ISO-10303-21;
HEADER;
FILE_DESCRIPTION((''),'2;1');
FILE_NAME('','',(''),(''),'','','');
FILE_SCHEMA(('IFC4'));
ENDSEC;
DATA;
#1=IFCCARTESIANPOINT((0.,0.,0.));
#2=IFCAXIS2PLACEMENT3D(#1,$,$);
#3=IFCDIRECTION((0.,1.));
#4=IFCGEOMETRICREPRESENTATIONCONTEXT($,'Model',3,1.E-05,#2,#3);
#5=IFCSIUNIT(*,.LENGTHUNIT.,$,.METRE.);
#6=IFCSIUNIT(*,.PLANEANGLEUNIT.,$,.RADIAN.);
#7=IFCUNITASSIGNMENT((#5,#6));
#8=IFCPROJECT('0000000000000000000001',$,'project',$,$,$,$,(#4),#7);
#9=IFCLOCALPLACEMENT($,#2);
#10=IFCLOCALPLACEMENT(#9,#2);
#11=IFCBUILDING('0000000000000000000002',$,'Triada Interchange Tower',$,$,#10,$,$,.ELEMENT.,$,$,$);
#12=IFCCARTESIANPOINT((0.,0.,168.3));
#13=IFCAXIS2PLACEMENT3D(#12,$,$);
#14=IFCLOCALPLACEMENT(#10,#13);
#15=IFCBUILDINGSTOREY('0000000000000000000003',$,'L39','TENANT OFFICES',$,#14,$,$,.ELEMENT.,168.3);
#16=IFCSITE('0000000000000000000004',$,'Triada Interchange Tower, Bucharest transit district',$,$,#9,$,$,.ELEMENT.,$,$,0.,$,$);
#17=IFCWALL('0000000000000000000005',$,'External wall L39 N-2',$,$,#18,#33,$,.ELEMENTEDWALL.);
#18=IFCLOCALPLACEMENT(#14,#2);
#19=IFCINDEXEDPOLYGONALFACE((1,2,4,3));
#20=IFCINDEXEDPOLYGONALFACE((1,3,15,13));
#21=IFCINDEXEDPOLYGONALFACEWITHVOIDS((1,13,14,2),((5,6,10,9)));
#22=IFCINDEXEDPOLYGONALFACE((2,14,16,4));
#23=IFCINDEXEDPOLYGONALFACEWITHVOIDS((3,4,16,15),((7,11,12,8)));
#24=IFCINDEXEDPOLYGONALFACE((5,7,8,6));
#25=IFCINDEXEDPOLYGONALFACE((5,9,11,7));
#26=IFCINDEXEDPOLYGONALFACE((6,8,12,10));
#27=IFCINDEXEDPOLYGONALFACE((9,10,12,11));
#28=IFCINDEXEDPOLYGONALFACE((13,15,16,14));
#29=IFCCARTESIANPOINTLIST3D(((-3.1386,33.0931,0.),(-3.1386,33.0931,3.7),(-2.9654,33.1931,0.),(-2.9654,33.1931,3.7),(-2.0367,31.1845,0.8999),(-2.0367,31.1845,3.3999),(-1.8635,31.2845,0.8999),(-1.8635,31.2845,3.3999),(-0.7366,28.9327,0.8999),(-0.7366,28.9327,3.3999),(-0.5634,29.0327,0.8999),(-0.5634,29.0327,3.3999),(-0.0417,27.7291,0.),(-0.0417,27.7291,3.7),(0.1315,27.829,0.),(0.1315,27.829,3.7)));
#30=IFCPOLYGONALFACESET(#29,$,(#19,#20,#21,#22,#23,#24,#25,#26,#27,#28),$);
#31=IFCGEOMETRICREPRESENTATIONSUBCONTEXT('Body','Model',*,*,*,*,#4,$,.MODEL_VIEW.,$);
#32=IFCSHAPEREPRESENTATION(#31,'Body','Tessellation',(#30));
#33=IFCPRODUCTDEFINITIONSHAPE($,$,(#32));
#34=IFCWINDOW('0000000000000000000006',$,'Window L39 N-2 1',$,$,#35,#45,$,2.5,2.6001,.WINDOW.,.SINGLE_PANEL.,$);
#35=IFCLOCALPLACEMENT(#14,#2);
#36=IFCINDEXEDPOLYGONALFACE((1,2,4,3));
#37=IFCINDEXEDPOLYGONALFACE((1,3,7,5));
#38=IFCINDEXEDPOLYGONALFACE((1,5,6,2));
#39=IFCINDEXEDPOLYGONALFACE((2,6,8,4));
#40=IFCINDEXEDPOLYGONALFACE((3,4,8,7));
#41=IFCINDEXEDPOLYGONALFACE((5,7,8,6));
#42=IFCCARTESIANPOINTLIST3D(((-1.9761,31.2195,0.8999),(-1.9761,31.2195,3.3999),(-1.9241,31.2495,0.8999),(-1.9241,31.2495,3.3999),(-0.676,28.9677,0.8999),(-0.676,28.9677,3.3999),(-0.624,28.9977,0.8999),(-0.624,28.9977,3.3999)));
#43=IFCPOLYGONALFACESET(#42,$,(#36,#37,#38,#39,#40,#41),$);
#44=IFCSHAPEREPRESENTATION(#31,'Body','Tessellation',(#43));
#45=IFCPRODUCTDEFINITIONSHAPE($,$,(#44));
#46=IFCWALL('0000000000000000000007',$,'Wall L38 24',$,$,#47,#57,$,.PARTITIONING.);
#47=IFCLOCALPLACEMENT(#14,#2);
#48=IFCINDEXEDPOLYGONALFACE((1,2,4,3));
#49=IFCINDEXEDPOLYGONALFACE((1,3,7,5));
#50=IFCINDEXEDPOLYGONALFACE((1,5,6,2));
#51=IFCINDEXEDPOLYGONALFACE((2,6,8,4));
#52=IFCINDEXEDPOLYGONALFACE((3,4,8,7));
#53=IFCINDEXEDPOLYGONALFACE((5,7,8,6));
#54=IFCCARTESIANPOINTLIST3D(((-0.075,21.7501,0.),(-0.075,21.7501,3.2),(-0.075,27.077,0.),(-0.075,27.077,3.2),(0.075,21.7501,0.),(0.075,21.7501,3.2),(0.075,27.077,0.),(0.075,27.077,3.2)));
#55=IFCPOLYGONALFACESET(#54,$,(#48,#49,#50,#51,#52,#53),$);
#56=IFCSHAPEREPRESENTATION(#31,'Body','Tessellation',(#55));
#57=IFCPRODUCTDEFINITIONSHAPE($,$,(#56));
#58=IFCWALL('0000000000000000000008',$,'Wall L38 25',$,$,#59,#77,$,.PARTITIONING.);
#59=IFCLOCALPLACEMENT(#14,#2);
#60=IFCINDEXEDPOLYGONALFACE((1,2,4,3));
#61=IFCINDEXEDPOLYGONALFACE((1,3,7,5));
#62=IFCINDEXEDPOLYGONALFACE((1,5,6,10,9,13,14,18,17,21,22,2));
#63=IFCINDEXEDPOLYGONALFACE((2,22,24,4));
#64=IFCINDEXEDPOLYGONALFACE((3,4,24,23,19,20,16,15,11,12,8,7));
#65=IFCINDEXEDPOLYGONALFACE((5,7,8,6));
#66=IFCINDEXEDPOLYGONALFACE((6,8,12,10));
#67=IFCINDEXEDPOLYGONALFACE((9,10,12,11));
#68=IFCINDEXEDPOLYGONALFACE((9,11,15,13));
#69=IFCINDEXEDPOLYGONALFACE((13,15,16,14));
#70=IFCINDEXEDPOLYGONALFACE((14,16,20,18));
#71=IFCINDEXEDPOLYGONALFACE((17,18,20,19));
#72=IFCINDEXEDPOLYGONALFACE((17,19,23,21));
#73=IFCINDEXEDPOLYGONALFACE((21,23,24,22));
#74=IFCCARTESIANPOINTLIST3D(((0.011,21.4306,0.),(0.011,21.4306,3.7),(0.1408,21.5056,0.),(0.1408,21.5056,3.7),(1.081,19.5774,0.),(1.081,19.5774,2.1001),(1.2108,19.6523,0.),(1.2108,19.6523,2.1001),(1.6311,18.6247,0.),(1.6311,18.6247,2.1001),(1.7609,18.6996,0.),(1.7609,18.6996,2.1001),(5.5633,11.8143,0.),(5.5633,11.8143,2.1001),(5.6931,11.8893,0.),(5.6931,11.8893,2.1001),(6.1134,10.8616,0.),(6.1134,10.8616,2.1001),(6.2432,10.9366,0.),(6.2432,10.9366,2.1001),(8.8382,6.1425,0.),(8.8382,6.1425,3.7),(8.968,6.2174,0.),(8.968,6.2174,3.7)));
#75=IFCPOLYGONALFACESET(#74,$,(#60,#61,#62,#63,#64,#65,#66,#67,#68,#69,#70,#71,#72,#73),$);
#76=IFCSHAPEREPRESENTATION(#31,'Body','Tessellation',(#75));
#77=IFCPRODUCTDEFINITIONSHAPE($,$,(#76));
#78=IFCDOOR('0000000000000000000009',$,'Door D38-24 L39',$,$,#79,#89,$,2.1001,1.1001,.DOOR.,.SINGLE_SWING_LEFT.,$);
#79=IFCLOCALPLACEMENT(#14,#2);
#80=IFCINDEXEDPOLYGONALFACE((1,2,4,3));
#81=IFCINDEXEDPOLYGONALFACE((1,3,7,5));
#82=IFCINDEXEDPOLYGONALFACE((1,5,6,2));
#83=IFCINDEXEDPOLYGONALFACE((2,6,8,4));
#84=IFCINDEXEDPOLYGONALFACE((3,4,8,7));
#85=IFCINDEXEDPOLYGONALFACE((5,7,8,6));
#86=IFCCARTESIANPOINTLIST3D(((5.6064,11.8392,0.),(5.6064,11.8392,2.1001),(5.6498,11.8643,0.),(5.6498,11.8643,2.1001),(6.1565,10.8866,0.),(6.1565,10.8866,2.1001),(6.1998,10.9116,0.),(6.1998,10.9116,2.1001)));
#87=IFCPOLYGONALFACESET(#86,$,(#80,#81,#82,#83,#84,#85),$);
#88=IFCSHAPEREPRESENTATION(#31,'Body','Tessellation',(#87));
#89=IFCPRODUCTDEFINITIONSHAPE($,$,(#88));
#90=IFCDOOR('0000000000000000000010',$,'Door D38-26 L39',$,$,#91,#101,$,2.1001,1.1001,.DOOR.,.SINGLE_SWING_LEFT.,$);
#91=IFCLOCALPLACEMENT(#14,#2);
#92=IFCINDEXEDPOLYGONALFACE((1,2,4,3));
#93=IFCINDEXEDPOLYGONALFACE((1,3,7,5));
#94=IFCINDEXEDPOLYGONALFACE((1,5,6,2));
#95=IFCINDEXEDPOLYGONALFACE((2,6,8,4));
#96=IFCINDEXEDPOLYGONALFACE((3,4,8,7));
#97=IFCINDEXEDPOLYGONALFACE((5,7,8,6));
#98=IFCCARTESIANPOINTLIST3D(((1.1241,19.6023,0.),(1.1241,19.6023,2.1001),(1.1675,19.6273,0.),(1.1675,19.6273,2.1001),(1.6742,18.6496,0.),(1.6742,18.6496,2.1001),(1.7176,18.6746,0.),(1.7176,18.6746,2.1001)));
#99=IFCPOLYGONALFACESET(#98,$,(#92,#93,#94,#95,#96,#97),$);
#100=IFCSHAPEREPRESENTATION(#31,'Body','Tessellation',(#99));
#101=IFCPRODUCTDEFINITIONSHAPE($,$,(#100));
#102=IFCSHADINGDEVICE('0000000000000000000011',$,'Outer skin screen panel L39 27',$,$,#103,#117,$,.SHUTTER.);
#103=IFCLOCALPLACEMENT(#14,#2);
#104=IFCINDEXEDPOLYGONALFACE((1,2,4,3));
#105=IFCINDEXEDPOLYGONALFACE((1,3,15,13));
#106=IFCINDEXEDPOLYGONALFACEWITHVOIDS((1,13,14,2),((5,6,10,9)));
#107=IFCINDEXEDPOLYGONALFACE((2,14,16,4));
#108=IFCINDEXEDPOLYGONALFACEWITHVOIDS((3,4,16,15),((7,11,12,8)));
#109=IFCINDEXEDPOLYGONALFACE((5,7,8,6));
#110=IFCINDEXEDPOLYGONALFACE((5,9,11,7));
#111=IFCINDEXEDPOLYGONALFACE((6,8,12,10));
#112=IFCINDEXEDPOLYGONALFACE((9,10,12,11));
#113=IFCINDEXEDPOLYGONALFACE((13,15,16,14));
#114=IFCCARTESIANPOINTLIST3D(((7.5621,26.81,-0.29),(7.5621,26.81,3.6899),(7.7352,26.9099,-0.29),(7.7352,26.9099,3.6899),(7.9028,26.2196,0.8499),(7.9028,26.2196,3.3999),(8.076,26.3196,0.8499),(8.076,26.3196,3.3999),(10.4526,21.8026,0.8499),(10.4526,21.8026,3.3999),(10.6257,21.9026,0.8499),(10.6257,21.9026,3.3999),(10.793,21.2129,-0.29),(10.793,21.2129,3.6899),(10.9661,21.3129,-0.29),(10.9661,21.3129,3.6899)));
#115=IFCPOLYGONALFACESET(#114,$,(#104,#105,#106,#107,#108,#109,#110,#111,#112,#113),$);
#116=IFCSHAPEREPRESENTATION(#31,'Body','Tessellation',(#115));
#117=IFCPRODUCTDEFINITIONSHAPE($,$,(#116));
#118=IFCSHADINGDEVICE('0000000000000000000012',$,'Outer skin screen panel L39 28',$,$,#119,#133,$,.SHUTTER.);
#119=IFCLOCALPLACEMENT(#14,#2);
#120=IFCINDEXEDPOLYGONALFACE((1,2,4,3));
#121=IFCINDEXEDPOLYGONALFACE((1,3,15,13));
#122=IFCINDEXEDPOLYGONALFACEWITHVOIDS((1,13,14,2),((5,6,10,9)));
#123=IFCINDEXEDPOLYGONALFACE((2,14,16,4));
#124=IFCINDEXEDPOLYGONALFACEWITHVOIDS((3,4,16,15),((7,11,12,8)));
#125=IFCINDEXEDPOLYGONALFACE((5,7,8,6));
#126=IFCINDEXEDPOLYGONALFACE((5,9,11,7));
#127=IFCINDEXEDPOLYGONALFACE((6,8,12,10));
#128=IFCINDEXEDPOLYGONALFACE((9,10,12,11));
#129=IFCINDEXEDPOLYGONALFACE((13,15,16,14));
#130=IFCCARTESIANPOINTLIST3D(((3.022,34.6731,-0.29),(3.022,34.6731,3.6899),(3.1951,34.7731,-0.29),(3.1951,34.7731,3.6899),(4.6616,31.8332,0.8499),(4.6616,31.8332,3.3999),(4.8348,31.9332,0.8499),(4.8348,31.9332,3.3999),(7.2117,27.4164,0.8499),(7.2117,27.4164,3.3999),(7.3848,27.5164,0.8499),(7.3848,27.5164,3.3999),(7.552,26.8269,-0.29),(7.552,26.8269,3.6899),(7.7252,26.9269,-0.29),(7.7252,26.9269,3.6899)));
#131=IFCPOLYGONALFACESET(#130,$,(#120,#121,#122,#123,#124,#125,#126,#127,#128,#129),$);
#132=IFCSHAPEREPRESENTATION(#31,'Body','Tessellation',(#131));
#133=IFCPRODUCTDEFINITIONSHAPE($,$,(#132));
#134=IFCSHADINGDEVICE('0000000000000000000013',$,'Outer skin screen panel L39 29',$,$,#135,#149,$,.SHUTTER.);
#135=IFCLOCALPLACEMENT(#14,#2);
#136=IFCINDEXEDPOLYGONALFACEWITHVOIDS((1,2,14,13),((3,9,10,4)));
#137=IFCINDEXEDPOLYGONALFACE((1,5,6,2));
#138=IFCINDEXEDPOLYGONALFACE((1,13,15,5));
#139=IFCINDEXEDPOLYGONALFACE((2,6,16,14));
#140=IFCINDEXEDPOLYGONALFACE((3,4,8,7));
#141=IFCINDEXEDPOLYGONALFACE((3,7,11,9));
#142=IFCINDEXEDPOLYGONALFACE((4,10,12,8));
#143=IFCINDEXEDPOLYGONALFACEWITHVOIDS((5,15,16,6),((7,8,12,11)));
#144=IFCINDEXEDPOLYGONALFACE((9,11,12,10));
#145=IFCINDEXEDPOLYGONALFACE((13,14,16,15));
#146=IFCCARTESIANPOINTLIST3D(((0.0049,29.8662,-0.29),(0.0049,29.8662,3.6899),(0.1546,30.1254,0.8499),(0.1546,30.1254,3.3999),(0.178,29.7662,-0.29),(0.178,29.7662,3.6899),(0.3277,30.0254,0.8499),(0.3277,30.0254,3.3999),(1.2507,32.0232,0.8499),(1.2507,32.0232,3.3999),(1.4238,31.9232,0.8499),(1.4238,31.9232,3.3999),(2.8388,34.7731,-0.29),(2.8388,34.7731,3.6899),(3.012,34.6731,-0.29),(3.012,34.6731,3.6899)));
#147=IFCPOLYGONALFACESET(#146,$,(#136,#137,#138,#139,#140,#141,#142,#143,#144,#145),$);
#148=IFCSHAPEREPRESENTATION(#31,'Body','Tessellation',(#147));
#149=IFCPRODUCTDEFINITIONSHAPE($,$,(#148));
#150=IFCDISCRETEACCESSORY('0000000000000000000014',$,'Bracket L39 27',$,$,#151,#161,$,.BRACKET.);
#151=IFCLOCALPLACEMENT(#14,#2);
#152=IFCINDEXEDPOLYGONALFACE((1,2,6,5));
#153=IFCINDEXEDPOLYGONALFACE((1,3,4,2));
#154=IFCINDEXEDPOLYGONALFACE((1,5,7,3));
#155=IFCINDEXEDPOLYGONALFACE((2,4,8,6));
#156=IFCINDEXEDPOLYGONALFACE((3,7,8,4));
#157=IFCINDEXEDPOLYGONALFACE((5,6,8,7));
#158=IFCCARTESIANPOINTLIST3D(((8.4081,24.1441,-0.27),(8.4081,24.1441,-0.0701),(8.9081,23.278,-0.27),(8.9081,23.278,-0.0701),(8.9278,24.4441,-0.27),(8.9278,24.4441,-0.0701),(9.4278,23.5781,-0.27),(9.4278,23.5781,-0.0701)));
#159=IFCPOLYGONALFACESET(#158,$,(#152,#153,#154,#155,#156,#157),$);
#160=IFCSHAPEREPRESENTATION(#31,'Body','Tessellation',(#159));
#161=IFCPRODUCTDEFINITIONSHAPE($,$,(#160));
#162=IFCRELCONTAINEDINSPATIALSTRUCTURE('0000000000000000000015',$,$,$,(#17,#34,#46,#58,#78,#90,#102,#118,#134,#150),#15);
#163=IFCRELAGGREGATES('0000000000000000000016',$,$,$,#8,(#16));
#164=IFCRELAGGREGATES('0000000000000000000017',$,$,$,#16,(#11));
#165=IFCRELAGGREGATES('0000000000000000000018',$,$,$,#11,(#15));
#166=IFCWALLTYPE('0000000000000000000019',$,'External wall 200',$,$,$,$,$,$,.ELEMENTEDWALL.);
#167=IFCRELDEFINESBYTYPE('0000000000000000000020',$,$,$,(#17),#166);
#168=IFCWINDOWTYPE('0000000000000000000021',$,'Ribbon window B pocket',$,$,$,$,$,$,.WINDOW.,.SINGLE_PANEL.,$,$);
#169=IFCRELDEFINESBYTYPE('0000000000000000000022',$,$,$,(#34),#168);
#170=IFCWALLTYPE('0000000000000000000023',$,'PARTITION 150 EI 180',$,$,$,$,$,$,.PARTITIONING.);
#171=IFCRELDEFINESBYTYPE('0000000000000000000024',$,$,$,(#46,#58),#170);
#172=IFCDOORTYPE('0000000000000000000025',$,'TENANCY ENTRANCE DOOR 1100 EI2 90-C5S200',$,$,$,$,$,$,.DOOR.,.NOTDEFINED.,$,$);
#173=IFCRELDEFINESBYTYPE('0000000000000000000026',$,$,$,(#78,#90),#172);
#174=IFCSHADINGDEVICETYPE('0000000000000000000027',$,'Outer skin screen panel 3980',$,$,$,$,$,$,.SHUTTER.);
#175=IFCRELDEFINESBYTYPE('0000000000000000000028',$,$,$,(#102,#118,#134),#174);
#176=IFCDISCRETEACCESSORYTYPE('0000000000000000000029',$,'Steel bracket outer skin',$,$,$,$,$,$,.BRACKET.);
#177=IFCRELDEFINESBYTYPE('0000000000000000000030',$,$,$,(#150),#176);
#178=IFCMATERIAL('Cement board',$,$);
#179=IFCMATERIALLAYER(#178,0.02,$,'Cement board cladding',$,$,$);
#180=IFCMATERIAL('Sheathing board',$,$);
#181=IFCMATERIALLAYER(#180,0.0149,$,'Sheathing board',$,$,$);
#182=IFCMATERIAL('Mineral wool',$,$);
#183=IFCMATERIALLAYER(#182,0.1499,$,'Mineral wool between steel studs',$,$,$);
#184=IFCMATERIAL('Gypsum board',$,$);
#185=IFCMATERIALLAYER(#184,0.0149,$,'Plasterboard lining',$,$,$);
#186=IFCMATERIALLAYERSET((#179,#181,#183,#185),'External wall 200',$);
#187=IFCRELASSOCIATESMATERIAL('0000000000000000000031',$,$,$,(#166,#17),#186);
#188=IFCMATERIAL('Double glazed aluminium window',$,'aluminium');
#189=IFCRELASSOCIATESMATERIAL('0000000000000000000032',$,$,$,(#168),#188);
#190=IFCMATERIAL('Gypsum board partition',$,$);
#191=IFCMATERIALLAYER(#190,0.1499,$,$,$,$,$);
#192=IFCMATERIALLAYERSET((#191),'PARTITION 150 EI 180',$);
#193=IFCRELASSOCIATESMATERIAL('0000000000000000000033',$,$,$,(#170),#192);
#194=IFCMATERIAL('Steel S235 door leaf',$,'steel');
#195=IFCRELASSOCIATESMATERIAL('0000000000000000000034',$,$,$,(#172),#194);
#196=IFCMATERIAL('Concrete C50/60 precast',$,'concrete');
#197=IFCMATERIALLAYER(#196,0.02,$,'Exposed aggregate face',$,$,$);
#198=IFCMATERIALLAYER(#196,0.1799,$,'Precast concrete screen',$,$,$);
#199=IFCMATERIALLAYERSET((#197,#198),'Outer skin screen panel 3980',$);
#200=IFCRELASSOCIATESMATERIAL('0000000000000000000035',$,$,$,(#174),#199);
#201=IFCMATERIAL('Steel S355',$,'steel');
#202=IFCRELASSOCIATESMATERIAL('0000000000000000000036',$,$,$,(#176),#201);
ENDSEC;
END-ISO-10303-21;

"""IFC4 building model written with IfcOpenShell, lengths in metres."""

from ifc_helpers import new_model, si_unit, direction, frame, frame_2d, origin, origin_2d, place, context, subcontext, project, spatial, polyline, rectangle, outline, extrude, material, layer, layer_set, layer_usage, type_object, element, fill, save


model = new_model("IFC4")

# Units and contexts
model_context = context("Model", 3, precision=1e-05, world=origin(), true_north=direction((0.0, 1.0)))
body_context = subcontext(model_context, "Body", "Model", "MODEL_VIEW")
ifc_project = project(units=[si_unit("LENGTHUNIT", "METRE"), si_unit("PLANEANGLEUNIT", "RADIAN")], contexts=[model_context])

# Site, building, storey
site_placement = place(None, origin())
site = spatial("IfcSite", under=ifc_project, at=site_placement, Name="Triada Interchange Tower, Bucharest transit district", CompositionType="ELEMENT", RefElevation=0.0)
building_placement = place(site_placement, origin())
building = spatial("IfcBuilding", under=site, at=building_placement, Name="Triada Interchange Tower", CompositionType="ELEMENT")
storey_placement = place(building_placement, frame((0.0, 0.0, 168.3)))
storey = spatial("IfcBuildingStorey", under=building, at=storey_placement, Name="L39", Description="TENANT OFFICES", CompositionType="ELEMENT", Elevation=168.3)

# Wall, opening, window
ifc_material_1 = material(Name="Cement board")
ifc_layer_1 = layer(ifc_material_1, 0.02, Name="Cement board cladding")
ifc_material_2 = material(Name="Sheathing board")
ifc_layer_2 = layer(ifc_material_2, 0.0149, Name="Sheathing board")
ifc_material_3 = material(Name="Mineral wool")
ifc_layer_3 = layer(ifc_material_3, 0.1499, Name="Mineral wool between steel studs")
ifc_material_4 = material(Name="Gypsum board")
ifc_layer_4 = layer(ifc_material_4, 0.0149, Name="Plasterboard lining")
ifc_layer_set_1 = layer_set([ifc_layer_1, ifc_layer_2, ifc_layer_3, ifc_layer_4], Name="External wall 200")
ifc_layer_usage = layer_usage(ifc_layer_set_1, "AXIS2", "POSITIVE", -0.1001)
wall_type_1 = type_object("IfcWallType", Name="External wall 200", PredefinedType="ELEMENTEDWALL", material=ifc_layer_set_1)
ifc_material_5 = material(Name="Double glazed aluminium window", Category="aluminium")
window_type = type_object("IfcWindowType", Name="Ribbon window B pocket", PartitioningType="SINGLE_PANEL", PredefinedType="WINDOW", material=ifc_material_5)
wall_1_placement = place(storey_placement, frame((0.0449, 27.7791, 0.0), z_axis=(0.0, 0.0, 1.0), x_axis=(-0.500001, 0.866025, 0.0)))
wall_1 = element("IfcWall", 1, at=wall_1_placement, inside=storey, type_object=wall_type_1, material=ifc_layer_usage, Name="External wall L39 N-2", PredefinedType="ELEMENTEDWALL", context=body_context, shape_type="SweptSolid", body=[
    extrude(rectangle(XDim=6.1938, YDim=0.2, at=frame_2d((3.0969, 0.0))), origin(), (0.0, 0.0, 1.0), 3.7),
])
opening_1_placement = place(wall_1_placement, frame((1.3899, 0.0, 0.8999)))
opening_1 = element("IfcOpeningElement", 2, at=opening_1_placement, cuts=wall_1, PredefinedType="OPENING", context=body_context, shape_type="SweptSolid", body=[
    extrude(rectangle(XDim=2.6001, YDim=2.5, at=frame_2d((1.3, 1.25))), frame((0.0, 0.1099, 0.0), z_axis=(0.0, -1.0, 0.0), x_axis=(1.0, 0.0, 0.0)), (0.0, 0.0, 1.0), 0.22),
])
window_1_placement = place(opening_1_placement, origin())
window_1 = element("IfcWindow", 3, at=window_1_placement, inside=storey, type_object=window_type, Name="Window L39 N-2 1", OverallHeight=2.5, OverallWidth=2.6001, PartitioningType="SINGLE_PANEL", PredefinedType="WINDOW", context=body_context, shape_type="SweptSolid", body=[
    extrude(rectangle(XDim=2.6001, YDim=2.5, at=frame_2d((1.3, 1.25))), frame((0.0, 0.03, 0.0), z_axis=(0.0, -1.0, 0.0), x_axis=(1.0, 0.0, 0.0)), (0.0, 0.0, 1.0), 0.0601),
])
fill(opening_1, window_1)

# Wall
ifc_material_6 = material(Name="Gypsum board partition")
ifc_layer_5 = layer(ifc_material_6, 0.1499)
ifc_layer_set_2 = layer_set([ifc_layer_5], Name="PARTITION 150 EI 180")
wall_type_2 = type_object("IfcWallType", Name="PARTITION 150 EI 180", PredefinedType="PARTITIONING", material=ifc_layer_set_2)
wall_2_placement = place(storey_placement, frame((0.0, 21.75, 0.0), z_axis=(0.0, 0.0, 1.0), x_axis=(0.0, 1.0, 0.0)))
element("IfcWall", 4, at=wall_2_placement, inside=storey, type_object=wall_type_2, Name="Wall L38 24", PredefinedType="PARTITIONING", context=body_context, shape_type="SweptSolid", body=[
    extrude(rectangle(XDim=5.3269, YDim=0.1499, at=frame_2d((2.6636, 0.0))), origin(), (0.0, 0.0, 1.0), 3.2),
])

# Wall, openings, doors
wall_3_placement = place(storey_placement, frame((0.0759, 21.468, 0.0), z_axis=(0.0, 0.0, 1.0), x_axis=(0.500024, -0.866011, 0.0)))
wall_3 = element("IfcWall", 5, at=wall_3_placement, inside=storey, type_object=wall_type_2, Name="Wall L38 25", PredefinedType="PARTITIONING", context=body_context, shape_type="SweptSolid", body=[
    extrude(rectangle(XDim=17.6536, YDim=0.1499, at=frame_2d((8.8267, 0.0))), origin(), (0.0, 0.0, 1.0), 3.7),
])
opening_2_placement = place(wall_3_placement, frame((11.104, 0.0, 0.0)))
opening_2 = element("IfcOpeningElement", 6, at=opening_2_placement, cuts=wall_3, PredefinedType="OPENING", context=body_context, shape_type="SweptSolid", body=[
    extrude(rectangle(XDim=1.1001, YDim=2.1001, at=frame_2d((0.55, 1.05))), frame((0.0, 0.085, 0.0), z_axis=(0.0, -1.0, 0.0), x_axis=(1.0, 0.0, 0.0)), (0.0, 0.0, 1.0), 0.1699),
])
opening_3_placement = place(wall_3_placement, frame((2.1399, 0.0, 0.0)))
opening_3 = element("IfcOpeningElement", 7, at=opening_3_placement, cuts=wall_3, PredefinedType="OPENING", context=body_context, shape_type="SweptSolid", body=[
    extrude(rectangle(XDim=1.1001, YDim=2.1001, at=frame_2d((0.55, 1.05))), frame((0.0, 0.085, 0.0), z_axis=(0.0, -1.0, 0.0), x_axis=(1.0, 0.0, 0.0)), (0.0, 0.0, 1.0), 0.1699),
])
ifc_material_7 = material(Name="Steel S235 door leaf", Category="steel")
door_type = type_object("IfcDoorType", Name="TENANCY ENTRANCE DOOR 1100 EI2 90-C5S200", OperationType="NOTDEFINED", PredefinedType="DOOR", material=ifc_material_7)
door_1_placement = place(opening_2_placement, origin())
door_1 = element("IfcDoor", 8, at=door_1_placement, inside=storey, type_object=door_type, Name="Door D38-24 L39", OperationType="SINGLE_SWING_LEFT", OverallHeight=2.1001, OverallWidth=1.1001, PredefinedType="DOOR", context=body_context, shape_type="SweptSolid", body=[
    extrude(rectangle(XDim=1.1001, YDim=2.1001, at=frame_2d((0.55, 1.05))), frame((0.0, 0.0249, 0.0), z_axis=(0.0, -1.0, 0.0), x_axis=(1.0, 0.0, 0.0)), (0.0, 0.0, 1.0), 0.05),
])
fill(opening_2, door_1)
door_2_placement = place(opening_3_placement, origin())
door_2 = element("IfcDoor", 9, at=door_2_placement, inside=storey, type_object=door_type, Name="Door D38-26 L39", OperationType="SINGLE_SWING_LEFT", OverallHeight=2.1001, OverallWidth=1.1001, PredefinedType="DOOR", context=body_context, shape_type="SweptSolid", body=[
    extrude(rectangle(XDim=1.1001, YDim=2.1001, at=frame_2d((0.55, 1.05))), frame((0.0, 0.0249, 0.0), z_axis=(0.0, -1.0, 0.0), x_axis=(1.0, 0.0, 0.0)), (0.0, 0.0, 1.0), 0.05),
])
fill(opening_3, door_2)

# Shading devices
ifc_material_8 = material(Name="Concrete C50/60 precast", Category="concrete")
ifc_layer_6 = layer(ifc_material_8, 0.02, Name="Exposed aggregate face")
ifc_layer_7 = layer(ifc_material_8, 0.1799, Name="Precast concrete screen")
ifc_layer_set_3 = layer_set([ifc_layer_6, ifc_layer_7], Name="Outer skin screen panel 3980")
shading_device_type = type_object("IfcShadingDeviceType", Name="Outer skin screen panel 3980", PredefinedType="SHUTTER", material=ifc_layer_set_3)
shading_device_1_placement = place(storey_placement, frame((10.793, 21.2129, -0.29), z_axis=(0.0, 0.0, 1.0), x_axis=(-0.499934, 0.866064, 0.0)))
element("IfcShadingDevice", 10, at=shading_device_1_placement, inside=storey, type_object=shading_device_type, Name="Outer skin screen panel L39 27", PredefinedType="SHUTTER", context=body_context, shape_type="SweptSolid", body=[
    extrude(outline(polyline([(0.0, 0.0), (6.4626, 0.0), (6.4626, 3.98), (0.0, 3.98), (0.0, 0.0)]), holes=[polyline([(0.6809, 1.1399), (0.6809, 3.6899), (5.781, 3.6899), (5.781, 1.1399), (0.6809, 1.1399)])]), frame((0.0, 0.0, 0.0), z_axis=(0.0, -1.0, 0.0), x_axis=(1.0, 0.0, 0.0)), (0.0, 0.0, 1.0), 0.2),
])
shading_device_2_placement = place(storey_placement, frame((7.552, 26.8269, -0.29), z_axis=(0.0, 0.0, 1.0), x_axis=(-0.500002, 0.866024, 0.0)))
element("IfcShadingDevice", 11, at=shading_device_2_placement, inside=storey, type_object=shading_device_type, Name="Outer skin screen panel L39 28", PredefinedType="SHUTTER", context=body_context, shape_type="SweptSolid", body=[
    extrude(outline(polyline([(0.0, 0.0), (9.0601, 0.0), (9.0601, 3.98), (0.0, 3.98), (0.0, 0.0)]), holes=[polyline([(0.6807, 1.1399), (0.6807, 3.6899), (5.7808, 3.6899), (5.7808, 1.1399), (0.6807, 1.1399)])]), frame((0.0, 0.0, 0.0), z_axis=(0.0, -1.0, 0.0), x_axis=(1.0, 0.0, 0.0)), (0.0, 0.0, 1.0), 0.2),
])
shading_device_3_placement = place(storey_placement, frame((3.012, 34.6731, -0.29), z_axis=(0.0, 0.0, 1.0), x_axis=(-0.500124, -0.865954, 0.0)))
element("IfcShadingDevice", 12, at=shading_device_3_placement, inside=storey, type_object=shading_device_type, Name="Outer skin screen panel L39 29", PredefinedType="SHUTTER", context=body_context, shape_type="SweptSolid", body=[
    extrude(outline(polyline([(0.0, 0.0), (5.6665, 0.0), (5.6665, 3.98), (0.0, 3.98), (0.0, 0.0)]), holes=[polyline([(3.1755, 1.1399), (3.1755, 3.6899), (5.3672, 3.6899), (5.3672, 1.1399), (3.1755, 1.1399)])]), frame((0.0, 0.0, 0.0), z_axis=(0.0, -1.0, 0.0), x_axis=(1.0, 0.0, 0.0)), (0.0, 0.0, 1.0), 0.2),
])

# Discrete accessory
ifc_material_9 = material(Name="Steel S355", Category="steel")
discrete_accessory_type = type_object("IfcDiscreteAccessoryType", Name="Steel bracket outer skin", PredefinedType="BRACKET", material=ifc_material_9)
for number, where, z_axis, x_axis, name in (
    (13, (8.918, 23.8611, -0.27), (0.0, 0.0, 1.0), (0.866023, 0.500005, 0.0), "Bracket L39 27"),
):
    element("IfcDiscreteAccessory", number, at=place(storey_placement, frame(where, z_axis=z_axis, x_axis=x_axis)), inside=storey, type_object=discrete_accessory_type, Name=name, PredefinedType="BRACKET", context=body_context, shape_type="SweptSolid", body=[
        extrude(rectangle(XDim=0.6001, YDim=1.0, at=origin_2d()), origin(), (0.0, 0.0, 1.0), 0.2),
    ])

save(model, "model.ifc")
